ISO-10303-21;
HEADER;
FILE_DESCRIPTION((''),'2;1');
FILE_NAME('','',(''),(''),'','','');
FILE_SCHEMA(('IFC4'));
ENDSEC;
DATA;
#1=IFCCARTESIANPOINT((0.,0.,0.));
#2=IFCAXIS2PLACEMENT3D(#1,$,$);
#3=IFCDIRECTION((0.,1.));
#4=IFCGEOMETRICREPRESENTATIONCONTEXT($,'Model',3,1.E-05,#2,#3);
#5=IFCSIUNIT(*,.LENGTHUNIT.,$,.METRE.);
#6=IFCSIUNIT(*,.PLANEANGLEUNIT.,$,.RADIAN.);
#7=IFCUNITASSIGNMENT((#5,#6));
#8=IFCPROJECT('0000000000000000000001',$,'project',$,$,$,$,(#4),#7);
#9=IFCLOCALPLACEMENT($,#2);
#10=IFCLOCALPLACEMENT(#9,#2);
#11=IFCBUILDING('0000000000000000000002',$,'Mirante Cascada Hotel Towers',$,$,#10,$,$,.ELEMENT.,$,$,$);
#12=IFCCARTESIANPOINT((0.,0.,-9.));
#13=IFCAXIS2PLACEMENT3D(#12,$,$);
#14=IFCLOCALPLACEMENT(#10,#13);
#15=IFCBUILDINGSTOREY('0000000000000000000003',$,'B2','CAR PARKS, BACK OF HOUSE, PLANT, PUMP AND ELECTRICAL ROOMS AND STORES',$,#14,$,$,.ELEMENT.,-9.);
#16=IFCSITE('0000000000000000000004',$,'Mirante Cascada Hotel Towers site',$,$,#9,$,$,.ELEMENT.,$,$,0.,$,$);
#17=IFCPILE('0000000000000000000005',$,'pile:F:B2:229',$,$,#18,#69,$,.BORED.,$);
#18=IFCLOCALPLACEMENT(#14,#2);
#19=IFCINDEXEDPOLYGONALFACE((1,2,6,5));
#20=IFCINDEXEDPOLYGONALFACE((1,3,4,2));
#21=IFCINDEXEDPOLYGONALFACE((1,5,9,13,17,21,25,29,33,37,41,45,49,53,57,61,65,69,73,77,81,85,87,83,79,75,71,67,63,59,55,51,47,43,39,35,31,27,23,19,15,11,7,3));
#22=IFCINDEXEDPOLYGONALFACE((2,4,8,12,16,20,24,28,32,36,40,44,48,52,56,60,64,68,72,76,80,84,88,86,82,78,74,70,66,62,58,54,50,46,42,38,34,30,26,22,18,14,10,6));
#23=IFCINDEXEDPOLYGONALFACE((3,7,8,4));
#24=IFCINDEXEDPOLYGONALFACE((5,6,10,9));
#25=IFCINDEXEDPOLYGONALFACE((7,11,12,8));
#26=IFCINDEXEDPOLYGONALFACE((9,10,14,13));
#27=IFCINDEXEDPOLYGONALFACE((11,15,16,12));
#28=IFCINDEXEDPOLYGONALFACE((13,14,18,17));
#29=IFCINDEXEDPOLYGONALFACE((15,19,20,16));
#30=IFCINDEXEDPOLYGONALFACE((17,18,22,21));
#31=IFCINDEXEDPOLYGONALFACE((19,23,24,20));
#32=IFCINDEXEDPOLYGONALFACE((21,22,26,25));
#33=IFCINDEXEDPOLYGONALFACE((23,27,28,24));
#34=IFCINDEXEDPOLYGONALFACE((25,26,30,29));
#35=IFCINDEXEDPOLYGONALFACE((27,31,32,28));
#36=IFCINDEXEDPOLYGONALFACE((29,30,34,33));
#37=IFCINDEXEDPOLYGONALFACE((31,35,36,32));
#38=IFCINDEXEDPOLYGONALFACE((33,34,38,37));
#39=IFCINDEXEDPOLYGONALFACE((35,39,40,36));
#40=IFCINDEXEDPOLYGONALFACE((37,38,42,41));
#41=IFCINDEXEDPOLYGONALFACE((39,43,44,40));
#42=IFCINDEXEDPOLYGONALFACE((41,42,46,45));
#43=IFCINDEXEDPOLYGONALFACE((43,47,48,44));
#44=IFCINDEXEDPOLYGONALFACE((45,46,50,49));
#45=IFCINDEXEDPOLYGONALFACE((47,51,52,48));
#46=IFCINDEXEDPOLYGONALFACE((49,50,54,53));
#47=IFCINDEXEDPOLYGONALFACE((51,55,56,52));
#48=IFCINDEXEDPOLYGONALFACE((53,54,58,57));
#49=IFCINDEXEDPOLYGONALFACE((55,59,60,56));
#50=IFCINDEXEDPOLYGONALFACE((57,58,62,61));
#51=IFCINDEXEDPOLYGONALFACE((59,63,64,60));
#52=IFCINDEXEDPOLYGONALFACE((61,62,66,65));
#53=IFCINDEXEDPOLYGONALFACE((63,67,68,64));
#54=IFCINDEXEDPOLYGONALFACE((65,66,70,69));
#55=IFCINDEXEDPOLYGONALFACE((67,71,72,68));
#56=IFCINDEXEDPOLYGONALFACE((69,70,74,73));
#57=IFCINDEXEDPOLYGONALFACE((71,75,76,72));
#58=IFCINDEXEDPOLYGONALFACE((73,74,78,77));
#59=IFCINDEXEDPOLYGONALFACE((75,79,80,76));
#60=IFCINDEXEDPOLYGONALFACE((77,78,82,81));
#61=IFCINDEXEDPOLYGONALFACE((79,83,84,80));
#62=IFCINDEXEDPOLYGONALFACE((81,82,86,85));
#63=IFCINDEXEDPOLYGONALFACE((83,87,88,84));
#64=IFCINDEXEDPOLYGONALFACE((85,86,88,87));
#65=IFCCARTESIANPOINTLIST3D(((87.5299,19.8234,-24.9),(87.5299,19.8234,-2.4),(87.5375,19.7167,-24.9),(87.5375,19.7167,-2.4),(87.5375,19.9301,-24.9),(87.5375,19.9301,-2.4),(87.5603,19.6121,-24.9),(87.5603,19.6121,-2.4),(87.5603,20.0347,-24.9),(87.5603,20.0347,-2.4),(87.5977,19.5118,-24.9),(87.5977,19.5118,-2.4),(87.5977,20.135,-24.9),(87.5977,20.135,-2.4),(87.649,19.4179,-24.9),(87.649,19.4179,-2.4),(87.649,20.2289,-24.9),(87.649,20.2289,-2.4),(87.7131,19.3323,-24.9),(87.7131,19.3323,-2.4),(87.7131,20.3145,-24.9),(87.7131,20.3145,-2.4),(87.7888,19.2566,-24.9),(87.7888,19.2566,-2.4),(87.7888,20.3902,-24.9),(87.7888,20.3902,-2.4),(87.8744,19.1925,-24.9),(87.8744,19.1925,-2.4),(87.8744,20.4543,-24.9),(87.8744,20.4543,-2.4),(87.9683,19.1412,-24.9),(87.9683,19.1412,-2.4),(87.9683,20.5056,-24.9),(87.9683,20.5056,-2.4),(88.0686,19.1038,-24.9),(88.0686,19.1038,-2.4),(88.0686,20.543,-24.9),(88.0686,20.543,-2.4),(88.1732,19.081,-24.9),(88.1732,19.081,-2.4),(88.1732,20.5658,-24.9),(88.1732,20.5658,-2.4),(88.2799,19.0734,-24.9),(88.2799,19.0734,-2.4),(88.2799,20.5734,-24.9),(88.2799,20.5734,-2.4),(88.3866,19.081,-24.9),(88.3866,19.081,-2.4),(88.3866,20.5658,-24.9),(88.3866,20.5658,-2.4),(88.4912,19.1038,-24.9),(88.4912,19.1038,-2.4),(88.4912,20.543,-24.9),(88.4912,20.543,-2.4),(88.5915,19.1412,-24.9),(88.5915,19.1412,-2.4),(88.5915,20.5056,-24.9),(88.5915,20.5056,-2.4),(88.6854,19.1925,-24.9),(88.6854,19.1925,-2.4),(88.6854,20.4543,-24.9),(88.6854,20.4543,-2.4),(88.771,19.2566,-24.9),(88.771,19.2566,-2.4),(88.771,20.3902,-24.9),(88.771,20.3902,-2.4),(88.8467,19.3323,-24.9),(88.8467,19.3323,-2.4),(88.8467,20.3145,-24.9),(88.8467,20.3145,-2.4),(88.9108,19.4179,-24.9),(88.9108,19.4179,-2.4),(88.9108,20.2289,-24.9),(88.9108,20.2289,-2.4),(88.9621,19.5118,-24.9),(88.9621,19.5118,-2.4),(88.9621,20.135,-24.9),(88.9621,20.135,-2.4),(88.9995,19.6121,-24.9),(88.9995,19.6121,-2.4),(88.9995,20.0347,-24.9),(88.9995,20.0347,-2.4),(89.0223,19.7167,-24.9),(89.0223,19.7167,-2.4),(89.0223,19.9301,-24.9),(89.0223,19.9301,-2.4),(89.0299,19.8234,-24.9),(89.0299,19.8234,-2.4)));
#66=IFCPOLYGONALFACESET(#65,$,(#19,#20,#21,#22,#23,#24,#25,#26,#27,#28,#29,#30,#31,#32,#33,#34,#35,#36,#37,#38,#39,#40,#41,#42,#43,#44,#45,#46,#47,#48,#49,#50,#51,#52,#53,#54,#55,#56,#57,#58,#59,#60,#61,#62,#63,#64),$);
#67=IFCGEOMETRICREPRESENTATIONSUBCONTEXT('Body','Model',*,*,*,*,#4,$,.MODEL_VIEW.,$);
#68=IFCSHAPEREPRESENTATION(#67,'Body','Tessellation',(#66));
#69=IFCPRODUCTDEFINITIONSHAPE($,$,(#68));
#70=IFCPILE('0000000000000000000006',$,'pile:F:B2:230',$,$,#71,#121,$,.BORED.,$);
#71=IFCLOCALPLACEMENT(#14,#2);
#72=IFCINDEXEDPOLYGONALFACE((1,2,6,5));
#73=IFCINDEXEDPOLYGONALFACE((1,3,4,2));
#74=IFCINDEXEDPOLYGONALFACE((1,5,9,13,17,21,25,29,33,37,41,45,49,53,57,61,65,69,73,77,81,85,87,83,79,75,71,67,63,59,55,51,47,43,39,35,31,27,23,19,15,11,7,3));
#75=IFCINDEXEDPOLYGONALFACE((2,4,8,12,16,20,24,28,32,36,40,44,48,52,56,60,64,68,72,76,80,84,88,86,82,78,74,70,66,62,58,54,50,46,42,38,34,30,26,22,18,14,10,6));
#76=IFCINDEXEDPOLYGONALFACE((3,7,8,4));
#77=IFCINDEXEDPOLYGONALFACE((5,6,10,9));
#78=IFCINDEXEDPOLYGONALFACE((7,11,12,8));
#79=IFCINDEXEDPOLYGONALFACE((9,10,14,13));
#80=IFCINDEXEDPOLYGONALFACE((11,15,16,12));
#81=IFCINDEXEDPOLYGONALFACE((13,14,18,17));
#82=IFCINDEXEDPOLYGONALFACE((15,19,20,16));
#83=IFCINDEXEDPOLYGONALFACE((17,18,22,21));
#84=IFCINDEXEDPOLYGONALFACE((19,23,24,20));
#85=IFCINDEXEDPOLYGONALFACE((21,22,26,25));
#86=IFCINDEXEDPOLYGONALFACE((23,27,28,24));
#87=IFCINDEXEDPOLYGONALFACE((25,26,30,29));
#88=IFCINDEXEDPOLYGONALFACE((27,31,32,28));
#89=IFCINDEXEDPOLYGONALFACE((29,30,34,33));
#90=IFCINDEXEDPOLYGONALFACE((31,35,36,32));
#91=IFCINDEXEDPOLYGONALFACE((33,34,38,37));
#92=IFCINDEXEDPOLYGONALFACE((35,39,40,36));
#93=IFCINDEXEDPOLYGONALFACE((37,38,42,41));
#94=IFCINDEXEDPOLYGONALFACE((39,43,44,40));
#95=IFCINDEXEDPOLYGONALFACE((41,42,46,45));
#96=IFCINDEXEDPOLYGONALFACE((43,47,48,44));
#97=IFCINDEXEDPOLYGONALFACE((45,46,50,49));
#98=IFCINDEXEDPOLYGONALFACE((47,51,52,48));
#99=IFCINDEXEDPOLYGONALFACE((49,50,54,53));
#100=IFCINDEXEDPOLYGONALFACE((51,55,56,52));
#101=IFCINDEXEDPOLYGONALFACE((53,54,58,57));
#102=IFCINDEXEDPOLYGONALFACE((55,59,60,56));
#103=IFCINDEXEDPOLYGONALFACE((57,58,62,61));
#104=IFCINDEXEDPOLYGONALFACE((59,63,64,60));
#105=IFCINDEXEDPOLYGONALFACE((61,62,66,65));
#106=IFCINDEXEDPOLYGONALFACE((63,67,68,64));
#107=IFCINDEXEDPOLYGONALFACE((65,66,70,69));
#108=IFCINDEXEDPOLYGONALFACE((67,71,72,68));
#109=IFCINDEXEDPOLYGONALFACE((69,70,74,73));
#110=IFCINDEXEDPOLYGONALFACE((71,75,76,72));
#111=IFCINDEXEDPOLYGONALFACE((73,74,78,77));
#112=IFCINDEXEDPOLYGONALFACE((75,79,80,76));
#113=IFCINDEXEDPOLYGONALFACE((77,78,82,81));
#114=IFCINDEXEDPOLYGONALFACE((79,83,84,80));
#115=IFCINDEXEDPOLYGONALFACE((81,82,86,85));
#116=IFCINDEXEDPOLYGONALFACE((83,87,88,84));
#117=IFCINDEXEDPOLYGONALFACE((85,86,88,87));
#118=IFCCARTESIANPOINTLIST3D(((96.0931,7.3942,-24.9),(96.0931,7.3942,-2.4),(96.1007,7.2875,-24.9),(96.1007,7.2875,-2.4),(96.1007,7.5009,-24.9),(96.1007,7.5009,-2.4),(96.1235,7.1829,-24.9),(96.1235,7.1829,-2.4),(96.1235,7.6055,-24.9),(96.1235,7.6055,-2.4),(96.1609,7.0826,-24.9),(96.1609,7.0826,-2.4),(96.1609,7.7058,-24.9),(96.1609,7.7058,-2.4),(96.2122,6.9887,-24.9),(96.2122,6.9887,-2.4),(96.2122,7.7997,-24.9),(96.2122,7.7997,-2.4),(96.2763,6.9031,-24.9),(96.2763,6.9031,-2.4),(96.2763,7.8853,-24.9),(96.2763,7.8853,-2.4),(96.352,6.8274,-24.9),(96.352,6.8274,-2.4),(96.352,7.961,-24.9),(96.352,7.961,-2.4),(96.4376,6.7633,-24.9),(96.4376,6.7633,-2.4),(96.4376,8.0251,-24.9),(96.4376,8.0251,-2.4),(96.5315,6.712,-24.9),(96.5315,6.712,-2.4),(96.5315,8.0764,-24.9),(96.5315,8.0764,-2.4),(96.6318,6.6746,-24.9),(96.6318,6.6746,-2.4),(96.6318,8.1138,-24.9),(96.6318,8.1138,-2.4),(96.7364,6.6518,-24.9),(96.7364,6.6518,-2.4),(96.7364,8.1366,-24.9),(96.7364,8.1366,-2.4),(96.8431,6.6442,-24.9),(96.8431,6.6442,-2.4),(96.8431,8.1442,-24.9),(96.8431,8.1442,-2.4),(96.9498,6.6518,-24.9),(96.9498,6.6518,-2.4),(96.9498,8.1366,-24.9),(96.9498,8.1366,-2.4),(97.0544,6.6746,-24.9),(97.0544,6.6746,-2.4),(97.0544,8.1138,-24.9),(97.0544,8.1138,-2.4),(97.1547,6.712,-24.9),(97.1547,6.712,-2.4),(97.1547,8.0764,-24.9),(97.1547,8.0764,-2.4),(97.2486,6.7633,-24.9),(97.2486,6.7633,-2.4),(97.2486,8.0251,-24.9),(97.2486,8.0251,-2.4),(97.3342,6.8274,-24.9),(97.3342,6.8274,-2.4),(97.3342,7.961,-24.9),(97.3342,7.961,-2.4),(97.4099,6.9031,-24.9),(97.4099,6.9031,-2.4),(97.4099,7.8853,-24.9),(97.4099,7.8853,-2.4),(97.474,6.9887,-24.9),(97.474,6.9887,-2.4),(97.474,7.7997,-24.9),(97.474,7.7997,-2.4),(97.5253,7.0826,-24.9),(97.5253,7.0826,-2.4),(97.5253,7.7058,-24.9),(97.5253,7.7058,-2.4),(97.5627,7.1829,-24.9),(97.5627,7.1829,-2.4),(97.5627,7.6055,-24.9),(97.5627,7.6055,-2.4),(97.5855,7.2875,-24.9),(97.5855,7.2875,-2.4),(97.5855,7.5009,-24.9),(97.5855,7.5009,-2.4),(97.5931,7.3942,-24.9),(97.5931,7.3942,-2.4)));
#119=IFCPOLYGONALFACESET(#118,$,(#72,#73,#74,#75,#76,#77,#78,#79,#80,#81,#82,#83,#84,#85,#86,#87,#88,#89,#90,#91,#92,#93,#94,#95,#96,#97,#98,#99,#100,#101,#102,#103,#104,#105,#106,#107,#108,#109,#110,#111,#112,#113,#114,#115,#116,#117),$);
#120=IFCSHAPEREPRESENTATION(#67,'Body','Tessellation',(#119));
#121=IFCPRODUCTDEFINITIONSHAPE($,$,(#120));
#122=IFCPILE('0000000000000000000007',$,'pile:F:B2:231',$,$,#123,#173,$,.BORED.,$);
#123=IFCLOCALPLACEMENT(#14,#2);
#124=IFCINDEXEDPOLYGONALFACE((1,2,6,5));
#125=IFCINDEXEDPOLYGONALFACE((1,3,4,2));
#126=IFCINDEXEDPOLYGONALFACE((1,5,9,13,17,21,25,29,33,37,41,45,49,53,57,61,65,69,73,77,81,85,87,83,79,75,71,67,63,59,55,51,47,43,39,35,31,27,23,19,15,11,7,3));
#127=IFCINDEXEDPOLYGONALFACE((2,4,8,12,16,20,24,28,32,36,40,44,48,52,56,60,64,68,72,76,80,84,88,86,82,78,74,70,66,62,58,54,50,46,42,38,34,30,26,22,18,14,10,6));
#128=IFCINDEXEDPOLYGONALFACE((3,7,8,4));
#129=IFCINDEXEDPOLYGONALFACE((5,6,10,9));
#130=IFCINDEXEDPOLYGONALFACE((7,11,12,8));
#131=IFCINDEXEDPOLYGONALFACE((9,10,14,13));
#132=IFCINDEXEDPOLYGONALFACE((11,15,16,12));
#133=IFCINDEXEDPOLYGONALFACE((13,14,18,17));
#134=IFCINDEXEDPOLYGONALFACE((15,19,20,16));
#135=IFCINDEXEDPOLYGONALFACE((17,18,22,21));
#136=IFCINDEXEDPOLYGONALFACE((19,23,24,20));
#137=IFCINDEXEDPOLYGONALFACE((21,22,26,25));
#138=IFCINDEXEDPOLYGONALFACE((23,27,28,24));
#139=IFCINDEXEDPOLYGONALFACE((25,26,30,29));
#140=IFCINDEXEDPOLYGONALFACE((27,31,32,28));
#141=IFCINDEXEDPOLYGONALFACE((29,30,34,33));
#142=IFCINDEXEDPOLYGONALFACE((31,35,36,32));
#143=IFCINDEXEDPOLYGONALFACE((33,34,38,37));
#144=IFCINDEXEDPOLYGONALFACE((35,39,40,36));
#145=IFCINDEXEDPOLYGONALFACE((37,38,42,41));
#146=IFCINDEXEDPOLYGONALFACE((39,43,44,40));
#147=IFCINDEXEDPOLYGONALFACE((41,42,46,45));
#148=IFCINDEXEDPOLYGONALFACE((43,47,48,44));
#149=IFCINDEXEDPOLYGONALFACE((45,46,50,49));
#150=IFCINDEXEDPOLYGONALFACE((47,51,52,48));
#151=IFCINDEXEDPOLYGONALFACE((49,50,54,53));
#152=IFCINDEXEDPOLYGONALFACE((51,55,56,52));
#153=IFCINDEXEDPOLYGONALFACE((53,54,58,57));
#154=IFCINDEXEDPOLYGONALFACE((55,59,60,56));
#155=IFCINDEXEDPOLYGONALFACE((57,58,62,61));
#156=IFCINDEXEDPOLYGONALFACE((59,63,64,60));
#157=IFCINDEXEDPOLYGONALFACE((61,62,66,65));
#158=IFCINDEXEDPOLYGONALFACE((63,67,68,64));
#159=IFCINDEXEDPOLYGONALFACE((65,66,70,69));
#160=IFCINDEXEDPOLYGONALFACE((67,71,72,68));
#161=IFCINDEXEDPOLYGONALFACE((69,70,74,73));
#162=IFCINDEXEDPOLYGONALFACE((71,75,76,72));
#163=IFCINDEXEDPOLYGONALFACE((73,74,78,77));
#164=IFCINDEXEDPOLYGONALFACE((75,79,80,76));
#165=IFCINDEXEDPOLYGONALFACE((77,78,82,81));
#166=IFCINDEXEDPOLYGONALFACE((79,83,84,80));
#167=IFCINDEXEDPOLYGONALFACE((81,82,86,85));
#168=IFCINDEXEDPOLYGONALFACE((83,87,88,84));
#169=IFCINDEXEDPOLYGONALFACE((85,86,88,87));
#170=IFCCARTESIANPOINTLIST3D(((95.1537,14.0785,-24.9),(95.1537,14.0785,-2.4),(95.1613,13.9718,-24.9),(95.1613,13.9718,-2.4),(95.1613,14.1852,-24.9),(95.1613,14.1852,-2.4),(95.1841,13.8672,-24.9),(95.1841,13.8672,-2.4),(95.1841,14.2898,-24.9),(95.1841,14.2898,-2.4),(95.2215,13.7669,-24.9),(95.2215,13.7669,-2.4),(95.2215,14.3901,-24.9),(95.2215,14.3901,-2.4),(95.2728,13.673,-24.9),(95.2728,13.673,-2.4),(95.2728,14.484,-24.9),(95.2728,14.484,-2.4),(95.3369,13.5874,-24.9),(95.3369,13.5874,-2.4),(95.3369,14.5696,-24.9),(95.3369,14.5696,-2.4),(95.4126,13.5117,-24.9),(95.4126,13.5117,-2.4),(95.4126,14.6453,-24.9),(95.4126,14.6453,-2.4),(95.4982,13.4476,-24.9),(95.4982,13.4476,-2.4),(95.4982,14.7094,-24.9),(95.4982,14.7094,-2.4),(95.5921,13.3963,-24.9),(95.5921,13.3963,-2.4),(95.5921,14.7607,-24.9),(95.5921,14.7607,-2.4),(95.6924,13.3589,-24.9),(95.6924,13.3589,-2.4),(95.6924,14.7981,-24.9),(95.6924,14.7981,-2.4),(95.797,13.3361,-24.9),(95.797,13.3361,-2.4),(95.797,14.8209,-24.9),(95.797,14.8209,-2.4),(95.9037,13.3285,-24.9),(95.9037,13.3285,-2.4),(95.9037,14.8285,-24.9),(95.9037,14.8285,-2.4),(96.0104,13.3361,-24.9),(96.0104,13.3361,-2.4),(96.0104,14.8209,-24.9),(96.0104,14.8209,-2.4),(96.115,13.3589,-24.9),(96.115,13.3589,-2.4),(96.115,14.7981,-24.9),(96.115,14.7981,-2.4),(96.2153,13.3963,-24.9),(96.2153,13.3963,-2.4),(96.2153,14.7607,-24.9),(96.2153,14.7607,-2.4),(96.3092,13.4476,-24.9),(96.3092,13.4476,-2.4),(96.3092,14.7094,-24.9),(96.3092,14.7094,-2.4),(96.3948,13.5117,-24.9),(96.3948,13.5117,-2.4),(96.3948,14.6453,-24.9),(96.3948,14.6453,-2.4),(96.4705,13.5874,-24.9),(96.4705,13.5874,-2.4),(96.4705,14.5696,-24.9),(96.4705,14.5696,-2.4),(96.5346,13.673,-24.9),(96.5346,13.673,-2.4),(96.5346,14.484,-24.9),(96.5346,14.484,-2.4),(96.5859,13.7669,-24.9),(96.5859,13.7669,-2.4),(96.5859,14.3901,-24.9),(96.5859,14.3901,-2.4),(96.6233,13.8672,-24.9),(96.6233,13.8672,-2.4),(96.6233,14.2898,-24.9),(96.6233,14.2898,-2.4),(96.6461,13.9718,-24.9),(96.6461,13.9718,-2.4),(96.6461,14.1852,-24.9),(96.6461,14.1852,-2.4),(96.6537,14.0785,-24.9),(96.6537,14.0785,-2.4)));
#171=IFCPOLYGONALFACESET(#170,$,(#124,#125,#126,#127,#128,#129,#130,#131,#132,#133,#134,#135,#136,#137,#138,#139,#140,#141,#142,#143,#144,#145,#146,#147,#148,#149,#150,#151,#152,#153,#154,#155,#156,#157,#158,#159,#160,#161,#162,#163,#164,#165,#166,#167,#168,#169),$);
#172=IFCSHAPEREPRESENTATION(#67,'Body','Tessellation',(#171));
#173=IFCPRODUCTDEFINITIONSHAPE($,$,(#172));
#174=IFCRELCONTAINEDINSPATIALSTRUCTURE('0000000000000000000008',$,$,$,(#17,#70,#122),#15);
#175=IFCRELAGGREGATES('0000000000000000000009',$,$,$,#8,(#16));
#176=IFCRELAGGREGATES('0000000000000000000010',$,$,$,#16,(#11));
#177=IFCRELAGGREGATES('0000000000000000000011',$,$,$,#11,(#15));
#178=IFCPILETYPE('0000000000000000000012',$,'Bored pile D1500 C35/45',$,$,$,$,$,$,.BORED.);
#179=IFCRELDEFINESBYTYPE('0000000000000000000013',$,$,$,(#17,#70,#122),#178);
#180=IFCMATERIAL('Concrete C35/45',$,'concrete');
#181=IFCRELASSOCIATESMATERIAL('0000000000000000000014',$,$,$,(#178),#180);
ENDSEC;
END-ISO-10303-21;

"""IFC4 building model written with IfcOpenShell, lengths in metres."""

from ifc_helpers import new_model, si_unit, direction, frame, origin, origin_2d, place, context, subcontext, project, spatial, circle, extrude, material, material_profile, profile_set, type_object, element, save


model = new_model("IFC4")

# Units and contexts
model_context = context("Model", 3, precision=1e-05, world=origin(), true_north=direction((0.0, 1.0)))
body_context = subcontext(model_context, "Body", "Model", "MODEL_VIEW")
ifc_project = project(units=[si_unit("LENGTHUNIT", "METRE"), si_unit("PLANEANGLEUNIT", "RADIAN")], contexts=[model_context])

# Site, building, storey
site_placement = place(None, origin())
site = spatial("IfcSite", under=ifc_project, at=site_placement, Name="Mirante Cascada Hotel Towers site", CompositionType="ELEMENT", RefElevation=0.0)
building_placement = place(site_placement, origin())
building = spatial("IfcBuilding", under=site, at=building_placement, Name="Mirante Cascada Hotel Towers", CompositionType="ELEMENT")
storey_placement = place(building_placement, frame((0.0, 0.0, -9.0)))
storey = spatial("IfcBuildingStorey", under=building, at=storey_placement, Name="B2", Description="CAR PARKS, BACK OF HOUSE, PLANT, PUMP AND ELECTRICAL ROOMS AND STORES", CompositionType="ELEMENT", Elevation=-9.0)

# Piles
ifc_material_1 = material(Name="Concrete C35/45", Category="concrete")
ifc_material_profile_1 = material_profile(ifc_material_1, circle(Radius=0.75, at=origin_2d()), Name="RC D1500")
ifc_profile_set_1 = profile_set([ifc_material_profile_1], Name="Concrete C35/45")
pile_type = type_object("IfcPileType", Name="Bored pile D1500 C35/45", PredefinedType="BORED", material=ifc_profile_set_1)
for number, where, z_axis, x_axis, name in (
    (1, (88.2799, 19.8234, -2.4), (0.0, 0.0, -1.0), (1.0, 0.0, 0.0), "pile:F:B2:229"),
    (2, (96.8431, 7.3942, -2.4), (0.0, 0.0, -1.0), (1.0, 0.0, 0.0), "pile:F:B2:230"),
    (3, (95.9037, 14.0785, -2.4), (0.0, 0.0, -1.0), (1.0, 0.0, 0.0), "pile:F:B2:231"),
):
    element("IfcPile", number, at=place(storey_placement, frame(where, z_axis=z_axis, x_axis=x_axis)), inside=storey, type_object=pile_type, Name=name, PredefinedType="BORED", context=body_context, shape_type="SweptSolid", body=[
        extrude(circle(Radius=0.75, at=origin_2d()), origin(), (0.0, 0.0, 1.0), 22.5),
    ])

save(model, "model.ifc")
